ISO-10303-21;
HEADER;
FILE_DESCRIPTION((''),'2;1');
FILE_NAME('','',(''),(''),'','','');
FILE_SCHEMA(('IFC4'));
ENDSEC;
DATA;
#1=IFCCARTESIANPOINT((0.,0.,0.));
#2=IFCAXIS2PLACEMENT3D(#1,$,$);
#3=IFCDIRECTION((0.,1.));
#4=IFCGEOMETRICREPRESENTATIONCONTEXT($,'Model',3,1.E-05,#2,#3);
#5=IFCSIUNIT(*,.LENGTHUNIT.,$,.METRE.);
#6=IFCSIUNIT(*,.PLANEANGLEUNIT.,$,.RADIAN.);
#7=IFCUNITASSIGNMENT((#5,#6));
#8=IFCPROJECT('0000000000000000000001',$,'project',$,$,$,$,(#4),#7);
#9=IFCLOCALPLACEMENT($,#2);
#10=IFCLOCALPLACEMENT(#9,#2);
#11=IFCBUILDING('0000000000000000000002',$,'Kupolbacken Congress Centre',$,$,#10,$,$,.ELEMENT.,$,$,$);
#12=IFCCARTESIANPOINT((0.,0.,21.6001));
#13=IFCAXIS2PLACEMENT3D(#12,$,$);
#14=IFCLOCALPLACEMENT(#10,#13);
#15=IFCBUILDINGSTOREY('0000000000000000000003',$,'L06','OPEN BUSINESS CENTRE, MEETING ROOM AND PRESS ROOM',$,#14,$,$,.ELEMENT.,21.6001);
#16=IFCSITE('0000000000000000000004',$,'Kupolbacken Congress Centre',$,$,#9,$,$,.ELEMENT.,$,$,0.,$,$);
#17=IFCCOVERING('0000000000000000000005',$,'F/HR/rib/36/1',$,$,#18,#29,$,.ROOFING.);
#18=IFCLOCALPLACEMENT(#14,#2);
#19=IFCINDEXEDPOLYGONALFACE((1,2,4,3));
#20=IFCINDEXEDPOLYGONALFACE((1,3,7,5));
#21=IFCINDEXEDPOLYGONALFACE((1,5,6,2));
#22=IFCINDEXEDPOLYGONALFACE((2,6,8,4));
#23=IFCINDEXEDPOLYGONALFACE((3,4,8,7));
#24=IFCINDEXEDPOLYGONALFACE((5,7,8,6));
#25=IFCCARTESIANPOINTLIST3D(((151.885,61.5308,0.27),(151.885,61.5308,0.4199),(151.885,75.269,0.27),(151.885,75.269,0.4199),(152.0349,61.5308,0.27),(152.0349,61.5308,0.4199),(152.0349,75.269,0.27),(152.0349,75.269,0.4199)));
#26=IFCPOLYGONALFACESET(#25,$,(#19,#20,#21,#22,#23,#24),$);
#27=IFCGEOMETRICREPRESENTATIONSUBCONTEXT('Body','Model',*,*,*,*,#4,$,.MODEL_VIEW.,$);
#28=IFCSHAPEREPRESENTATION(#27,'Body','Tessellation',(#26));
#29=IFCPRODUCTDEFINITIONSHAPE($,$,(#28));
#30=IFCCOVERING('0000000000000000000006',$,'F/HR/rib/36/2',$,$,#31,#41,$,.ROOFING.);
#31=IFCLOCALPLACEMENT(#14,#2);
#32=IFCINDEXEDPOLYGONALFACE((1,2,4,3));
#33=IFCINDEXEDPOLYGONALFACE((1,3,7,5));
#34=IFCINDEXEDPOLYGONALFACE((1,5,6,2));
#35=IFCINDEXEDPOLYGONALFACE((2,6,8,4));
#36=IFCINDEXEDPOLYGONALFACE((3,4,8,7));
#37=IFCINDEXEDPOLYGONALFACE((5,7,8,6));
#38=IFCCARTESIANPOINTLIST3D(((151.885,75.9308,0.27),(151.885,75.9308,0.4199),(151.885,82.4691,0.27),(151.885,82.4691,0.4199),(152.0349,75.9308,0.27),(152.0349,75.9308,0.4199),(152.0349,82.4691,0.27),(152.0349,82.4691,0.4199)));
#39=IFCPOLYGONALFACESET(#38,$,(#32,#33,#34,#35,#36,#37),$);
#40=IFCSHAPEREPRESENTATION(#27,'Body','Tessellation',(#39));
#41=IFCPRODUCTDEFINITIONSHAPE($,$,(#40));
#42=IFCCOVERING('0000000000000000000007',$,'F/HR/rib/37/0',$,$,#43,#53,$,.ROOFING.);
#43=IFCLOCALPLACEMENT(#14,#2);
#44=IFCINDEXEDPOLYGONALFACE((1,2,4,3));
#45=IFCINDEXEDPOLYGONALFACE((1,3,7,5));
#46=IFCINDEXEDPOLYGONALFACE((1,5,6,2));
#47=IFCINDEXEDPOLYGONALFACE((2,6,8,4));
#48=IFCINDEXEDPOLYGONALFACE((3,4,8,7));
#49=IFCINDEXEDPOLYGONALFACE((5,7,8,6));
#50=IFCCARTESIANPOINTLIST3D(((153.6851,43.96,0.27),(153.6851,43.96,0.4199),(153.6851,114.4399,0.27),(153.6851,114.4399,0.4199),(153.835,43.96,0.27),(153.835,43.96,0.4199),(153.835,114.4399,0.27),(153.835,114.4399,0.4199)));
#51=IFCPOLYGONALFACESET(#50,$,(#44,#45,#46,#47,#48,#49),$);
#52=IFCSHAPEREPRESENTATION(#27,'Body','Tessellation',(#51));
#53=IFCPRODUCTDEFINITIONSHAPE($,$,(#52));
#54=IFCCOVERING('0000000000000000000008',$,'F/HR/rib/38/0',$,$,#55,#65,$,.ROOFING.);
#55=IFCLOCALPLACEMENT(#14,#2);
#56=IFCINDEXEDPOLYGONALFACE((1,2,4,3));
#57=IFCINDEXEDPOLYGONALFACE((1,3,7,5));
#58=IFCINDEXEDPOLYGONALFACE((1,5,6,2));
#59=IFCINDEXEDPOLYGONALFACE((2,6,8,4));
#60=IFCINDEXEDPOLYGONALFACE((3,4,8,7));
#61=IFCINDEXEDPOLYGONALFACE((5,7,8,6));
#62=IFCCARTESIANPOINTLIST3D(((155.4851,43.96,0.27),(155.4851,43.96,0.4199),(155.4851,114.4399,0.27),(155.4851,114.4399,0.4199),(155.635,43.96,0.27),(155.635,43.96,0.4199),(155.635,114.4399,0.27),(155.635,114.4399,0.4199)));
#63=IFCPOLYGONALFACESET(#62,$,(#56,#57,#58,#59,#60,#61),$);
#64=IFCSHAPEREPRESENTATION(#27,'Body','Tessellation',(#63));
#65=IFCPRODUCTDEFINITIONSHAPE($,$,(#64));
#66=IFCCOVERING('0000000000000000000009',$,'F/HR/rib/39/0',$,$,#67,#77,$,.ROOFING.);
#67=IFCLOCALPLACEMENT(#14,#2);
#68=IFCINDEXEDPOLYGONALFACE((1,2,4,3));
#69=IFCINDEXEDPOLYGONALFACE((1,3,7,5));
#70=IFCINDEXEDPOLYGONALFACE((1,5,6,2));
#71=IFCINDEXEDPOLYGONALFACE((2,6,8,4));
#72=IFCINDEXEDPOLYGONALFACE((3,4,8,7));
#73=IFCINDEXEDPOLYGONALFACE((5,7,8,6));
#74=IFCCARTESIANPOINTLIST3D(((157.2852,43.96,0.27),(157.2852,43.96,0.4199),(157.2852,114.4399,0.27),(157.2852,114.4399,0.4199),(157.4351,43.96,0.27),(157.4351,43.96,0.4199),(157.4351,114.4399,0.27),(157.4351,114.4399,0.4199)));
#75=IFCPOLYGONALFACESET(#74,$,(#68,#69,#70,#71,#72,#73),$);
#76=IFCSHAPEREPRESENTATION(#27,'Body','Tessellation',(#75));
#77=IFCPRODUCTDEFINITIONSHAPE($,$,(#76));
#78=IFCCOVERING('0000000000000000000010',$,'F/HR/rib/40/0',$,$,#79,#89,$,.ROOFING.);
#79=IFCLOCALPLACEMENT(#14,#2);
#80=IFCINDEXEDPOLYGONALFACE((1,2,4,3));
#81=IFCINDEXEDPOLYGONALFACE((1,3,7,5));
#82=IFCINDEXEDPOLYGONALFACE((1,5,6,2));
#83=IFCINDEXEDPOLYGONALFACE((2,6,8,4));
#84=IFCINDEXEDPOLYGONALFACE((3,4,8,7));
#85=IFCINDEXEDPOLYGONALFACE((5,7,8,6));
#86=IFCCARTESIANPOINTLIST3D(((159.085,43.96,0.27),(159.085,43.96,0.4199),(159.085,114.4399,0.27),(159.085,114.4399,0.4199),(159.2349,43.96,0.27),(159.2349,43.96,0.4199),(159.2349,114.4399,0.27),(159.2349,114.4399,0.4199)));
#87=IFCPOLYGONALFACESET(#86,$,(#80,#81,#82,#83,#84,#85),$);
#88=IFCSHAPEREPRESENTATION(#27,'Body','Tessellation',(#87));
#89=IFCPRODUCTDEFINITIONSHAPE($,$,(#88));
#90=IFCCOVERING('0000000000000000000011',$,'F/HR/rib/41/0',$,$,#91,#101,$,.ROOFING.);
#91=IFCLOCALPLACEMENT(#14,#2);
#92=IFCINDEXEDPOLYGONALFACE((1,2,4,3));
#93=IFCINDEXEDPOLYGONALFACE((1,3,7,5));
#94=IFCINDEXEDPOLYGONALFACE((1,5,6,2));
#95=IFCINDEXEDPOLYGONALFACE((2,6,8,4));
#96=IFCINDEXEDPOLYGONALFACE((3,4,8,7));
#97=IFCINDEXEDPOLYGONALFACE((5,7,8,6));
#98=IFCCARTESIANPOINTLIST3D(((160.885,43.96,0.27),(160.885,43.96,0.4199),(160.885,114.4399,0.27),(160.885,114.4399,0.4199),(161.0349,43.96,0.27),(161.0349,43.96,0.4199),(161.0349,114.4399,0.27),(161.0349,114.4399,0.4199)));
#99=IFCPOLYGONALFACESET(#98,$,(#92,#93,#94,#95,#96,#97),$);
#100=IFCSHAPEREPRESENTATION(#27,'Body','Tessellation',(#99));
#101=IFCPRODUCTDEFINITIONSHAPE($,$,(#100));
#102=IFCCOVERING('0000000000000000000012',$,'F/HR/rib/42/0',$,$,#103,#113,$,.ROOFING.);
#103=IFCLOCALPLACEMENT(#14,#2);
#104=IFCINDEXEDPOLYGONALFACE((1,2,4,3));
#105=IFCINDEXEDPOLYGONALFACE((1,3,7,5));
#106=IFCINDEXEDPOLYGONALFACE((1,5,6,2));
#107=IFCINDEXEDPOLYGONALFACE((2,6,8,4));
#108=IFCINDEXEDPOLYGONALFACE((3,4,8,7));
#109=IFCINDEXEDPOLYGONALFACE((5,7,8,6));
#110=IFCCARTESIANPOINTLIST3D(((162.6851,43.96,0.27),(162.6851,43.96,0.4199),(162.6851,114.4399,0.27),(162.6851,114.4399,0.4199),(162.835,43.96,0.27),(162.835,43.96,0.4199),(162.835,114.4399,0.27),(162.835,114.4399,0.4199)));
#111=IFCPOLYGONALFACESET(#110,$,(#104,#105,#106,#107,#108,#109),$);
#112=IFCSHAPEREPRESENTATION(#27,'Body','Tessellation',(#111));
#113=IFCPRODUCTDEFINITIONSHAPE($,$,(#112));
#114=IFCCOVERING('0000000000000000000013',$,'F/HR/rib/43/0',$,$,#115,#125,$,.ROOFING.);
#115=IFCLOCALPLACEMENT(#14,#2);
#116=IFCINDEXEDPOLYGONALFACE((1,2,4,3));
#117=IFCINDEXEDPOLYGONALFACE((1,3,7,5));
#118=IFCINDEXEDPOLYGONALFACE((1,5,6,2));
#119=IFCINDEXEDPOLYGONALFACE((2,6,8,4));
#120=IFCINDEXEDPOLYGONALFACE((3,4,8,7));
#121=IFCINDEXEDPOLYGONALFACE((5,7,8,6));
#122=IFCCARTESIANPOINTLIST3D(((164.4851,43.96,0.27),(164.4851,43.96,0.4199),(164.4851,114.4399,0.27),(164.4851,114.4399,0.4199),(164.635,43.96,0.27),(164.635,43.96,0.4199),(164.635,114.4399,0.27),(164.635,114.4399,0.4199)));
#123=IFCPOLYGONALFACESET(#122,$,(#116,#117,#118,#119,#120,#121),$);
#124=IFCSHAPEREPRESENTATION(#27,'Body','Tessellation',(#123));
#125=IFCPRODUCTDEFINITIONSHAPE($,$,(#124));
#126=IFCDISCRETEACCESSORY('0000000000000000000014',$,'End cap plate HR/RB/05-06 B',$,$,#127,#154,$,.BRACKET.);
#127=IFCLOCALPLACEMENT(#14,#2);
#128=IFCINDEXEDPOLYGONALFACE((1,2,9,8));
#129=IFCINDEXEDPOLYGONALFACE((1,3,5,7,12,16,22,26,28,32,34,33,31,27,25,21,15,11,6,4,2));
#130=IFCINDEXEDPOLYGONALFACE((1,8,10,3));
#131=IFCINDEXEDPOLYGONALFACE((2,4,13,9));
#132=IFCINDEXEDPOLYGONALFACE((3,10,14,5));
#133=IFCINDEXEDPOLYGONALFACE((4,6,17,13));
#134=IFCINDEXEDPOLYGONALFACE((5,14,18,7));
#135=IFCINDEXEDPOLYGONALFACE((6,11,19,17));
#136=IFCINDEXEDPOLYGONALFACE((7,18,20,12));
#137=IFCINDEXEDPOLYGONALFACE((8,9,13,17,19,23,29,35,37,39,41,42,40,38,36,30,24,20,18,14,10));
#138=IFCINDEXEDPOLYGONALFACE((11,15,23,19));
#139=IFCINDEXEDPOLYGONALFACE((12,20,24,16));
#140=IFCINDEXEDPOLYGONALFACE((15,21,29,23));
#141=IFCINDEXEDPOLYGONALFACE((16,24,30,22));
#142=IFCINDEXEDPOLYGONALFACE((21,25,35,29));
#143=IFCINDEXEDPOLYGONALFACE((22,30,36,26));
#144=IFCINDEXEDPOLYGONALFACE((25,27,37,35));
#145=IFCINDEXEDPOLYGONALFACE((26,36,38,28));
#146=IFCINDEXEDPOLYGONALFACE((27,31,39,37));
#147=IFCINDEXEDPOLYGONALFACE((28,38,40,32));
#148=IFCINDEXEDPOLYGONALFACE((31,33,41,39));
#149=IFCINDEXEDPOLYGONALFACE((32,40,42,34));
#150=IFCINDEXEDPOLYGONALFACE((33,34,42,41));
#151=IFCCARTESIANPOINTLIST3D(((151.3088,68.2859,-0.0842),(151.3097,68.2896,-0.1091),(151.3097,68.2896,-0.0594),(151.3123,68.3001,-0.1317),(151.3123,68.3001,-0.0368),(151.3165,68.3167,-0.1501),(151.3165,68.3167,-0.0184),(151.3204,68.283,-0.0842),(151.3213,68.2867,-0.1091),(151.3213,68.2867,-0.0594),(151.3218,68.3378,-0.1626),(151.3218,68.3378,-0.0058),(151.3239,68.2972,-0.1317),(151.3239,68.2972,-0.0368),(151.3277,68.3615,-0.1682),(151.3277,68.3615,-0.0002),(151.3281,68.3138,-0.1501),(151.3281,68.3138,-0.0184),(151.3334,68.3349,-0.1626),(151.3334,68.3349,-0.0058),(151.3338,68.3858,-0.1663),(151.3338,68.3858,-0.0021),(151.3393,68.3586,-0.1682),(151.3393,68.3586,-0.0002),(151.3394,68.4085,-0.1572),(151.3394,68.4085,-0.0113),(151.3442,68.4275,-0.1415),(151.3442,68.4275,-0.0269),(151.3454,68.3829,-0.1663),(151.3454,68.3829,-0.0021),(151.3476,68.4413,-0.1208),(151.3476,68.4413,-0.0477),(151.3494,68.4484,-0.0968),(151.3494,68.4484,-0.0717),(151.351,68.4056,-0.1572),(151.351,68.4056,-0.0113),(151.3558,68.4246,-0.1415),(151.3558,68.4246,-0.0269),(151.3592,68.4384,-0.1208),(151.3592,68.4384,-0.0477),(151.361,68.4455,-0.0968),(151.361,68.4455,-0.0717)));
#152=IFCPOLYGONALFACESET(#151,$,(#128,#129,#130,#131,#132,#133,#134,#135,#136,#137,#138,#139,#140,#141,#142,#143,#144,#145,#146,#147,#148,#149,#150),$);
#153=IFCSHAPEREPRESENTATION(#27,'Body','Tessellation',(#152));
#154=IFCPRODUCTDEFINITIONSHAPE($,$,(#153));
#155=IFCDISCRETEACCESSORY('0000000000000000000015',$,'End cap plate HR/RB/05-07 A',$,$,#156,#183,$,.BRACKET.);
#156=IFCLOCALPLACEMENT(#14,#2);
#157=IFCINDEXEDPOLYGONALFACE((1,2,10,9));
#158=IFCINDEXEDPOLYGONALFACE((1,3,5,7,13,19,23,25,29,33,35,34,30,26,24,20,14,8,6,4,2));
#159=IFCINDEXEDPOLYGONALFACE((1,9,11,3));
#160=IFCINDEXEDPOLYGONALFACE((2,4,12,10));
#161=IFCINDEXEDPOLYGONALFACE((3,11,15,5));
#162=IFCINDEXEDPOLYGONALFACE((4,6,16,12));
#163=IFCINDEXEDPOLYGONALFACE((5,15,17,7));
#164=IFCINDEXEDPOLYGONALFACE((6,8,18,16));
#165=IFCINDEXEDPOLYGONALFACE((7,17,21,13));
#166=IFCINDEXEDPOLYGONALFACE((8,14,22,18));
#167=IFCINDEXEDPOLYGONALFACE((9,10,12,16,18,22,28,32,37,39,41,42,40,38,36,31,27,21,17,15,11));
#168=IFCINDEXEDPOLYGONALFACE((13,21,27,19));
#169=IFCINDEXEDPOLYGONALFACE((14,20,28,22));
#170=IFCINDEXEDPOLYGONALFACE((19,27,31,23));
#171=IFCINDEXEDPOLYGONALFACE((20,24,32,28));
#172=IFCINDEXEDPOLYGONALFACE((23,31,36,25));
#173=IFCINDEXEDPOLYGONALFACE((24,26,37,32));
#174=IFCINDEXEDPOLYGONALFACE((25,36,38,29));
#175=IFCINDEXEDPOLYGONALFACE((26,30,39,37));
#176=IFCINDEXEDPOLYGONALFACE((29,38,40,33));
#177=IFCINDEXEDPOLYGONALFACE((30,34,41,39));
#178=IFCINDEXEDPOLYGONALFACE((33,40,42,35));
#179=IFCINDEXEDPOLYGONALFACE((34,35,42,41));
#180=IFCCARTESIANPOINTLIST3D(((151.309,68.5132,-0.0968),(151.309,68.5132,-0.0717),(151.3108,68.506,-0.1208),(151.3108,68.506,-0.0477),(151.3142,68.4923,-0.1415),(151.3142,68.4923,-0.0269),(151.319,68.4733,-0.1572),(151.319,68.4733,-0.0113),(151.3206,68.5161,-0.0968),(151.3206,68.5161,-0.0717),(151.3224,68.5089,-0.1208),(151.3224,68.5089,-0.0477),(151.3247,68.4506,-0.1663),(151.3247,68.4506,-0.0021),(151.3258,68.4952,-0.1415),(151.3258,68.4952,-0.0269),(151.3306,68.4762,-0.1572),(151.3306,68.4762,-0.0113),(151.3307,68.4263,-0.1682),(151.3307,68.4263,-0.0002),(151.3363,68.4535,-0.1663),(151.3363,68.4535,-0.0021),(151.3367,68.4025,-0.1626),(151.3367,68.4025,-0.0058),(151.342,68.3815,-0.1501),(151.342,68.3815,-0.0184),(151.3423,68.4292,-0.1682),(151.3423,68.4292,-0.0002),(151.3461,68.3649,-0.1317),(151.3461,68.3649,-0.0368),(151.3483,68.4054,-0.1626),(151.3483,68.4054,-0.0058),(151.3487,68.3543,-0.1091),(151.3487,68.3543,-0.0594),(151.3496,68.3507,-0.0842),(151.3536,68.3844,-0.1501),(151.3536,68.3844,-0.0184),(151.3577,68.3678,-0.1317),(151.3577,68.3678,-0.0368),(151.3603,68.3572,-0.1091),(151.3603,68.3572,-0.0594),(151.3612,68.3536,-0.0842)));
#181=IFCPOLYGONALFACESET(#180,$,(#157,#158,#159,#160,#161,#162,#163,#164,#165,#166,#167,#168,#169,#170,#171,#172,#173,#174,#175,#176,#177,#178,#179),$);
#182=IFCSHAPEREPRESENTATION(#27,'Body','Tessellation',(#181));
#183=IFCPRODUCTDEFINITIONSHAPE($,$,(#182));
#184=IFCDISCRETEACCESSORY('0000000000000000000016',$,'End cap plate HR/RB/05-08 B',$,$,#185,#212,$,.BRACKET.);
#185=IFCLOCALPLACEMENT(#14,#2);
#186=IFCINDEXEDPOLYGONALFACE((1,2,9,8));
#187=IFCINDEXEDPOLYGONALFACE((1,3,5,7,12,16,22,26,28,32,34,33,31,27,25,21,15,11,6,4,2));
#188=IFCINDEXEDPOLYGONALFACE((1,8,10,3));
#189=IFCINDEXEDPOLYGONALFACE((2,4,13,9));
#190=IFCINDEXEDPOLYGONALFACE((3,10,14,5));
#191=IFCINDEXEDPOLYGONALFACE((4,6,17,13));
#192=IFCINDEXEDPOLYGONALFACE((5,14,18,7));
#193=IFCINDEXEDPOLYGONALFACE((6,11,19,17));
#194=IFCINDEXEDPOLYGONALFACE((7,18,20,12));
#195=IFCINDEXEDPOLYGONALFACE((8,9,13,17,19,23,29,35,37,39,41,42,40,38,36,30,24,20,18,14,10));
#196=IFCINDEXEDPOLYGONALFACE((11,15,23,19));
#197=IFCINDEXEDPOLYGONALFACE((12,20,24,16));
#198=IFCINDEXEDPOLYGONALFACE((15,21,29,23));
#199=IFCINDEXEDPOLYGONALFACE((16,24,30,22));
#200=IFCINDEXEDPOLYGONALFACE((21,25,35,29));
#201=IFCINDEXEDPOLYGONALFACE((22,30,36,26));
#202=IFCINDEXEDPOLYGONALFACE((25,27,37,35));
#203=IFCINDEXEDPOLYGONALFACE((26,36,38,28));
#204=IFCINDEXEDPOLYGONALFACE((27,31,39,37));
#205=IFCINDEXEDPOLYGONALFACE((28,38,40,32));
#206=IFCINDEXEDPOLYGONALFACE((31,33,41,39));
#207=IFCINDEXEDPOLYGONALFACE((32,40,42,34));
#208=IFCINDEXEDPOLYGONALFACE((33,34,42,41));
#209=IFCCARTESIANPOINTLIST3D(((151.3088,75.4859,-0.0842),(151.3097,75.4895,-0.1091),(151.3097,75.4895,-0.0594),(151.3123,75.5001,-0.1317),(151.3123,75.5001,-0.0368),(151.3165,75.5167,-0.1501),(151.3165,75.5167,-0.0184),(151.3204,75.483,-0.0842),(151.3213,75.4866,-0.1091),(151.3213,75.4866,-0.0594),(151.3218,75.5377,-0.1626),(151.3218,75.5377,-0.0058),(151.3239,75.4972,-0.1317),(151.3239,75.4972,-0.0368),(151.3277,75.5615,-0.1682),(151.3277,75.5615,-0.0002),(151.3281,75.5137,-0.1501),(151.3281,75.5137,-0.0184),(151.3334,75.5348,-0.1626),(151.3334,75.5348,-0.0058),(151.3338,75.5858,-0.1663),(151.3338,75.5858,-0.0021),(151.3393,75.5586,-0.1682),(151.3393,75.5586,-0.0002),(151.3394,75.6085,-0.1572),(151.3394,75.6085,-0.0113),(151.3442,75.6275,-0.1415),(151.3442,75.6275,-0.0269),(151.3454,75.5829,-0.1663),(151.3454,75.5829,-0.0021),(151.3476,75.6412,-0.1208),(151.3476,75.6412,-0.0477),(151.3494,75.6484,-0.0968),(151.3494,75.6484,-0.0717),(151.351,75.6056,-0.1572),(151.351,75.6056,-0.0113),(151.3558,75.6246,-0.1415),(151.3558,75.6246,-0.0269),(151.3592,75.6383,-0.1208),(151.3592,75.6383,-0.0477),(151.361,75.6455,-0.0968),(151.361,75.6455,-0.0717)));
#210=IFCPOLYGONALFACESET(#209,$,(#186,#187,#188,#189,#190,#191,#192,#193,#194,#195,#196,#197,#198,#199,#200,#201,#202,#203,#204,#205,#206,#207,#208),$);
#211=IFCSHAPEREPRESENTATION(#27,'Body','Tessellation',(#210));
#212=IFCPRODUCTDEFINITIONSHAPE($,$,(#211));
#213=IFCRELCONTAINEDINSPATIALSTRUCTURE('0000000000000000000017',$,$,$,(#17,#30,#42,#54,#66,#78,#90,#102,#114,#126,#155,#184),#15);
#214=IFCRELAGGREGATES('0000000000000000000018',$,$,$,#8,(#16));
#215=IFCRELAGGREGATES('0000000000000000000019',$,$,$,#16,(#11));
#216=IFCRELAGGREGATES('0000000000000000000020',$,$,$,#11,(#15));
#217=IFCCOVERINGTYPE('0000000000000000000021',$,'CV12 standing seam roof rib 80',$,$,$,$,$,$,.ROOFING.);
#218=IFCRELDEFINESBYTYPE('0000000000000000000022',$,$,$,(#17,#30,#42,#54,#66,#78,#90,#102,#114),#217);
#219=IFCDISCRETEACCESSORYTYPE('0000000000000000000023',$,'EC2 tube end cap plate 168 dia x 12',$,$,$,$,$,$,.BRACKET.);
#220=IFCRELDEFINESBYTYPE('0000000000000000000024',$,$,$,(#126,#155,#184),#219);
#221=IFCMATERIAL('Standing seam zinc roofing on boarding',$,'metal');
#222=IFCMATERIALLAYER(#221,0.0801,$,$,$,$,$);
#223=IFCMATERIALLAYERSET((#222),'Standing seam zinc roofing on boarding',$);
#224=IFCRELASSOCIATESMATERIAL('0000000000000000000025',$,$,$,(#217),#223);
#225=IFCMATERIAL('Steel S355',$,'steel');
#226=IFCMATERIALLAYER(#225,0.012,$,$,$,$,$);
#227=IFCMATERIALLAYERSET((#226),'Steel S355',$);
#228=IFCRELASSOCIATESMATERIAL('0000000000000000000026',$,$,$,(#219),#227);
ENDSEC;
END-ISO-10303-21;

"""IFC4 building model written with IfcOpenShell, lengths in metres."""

from ifc_helpers import new_model, si_unit, direction, frame, origin, origin_2d, place, context, subcontext, project, spatial, rectangle, circle, extrude, material, layer, layer_set, type_object, element, save


model = new_model("IFC4")

# Units and contexts
model_context = context("Model", 3, precision=1e-05, world=origin(), true_north=direction((0.0, 1.0)))
body_context = subcontext(model_context, "Body", "Model", "MODEL_VIEW")
ifc_project = project(units=[si_unit("LENGTHUNIT", "METRE"), si_unit("PLANEANGLEUNIT", "RADIAN")], contexts=[model_context])

# Site, building, storey
site_placement = place(None, origin())
site = spatial("IfcSite", under=ifc_project, at=site_placement, Name="Kupolbacken Congress Centre", CompositionType="ELEMENT", RefElevation=0.0)
building_placement = place(site_placement, origin())
building = spatial("IfcBuilding", under=site, at=building_placement, Name="Kupolbacken Congress Centre", CompositionType="ELEMENT")
storey_placement = place(building_placement, frame((0.0, 0.0, 21.6001)))
storey = spatial("IfcBuildingStorey", under=building, at=storey_placement, Name="L06", Description="OPEN BUSINESS CENTRE, MEETING ROOM AND PRESS ROOM", CompositionType="ELEMENT", Elevation=21.6001)

# Coverings
ifc_material_1 = material(Name="Standing seam zinc roofing on boarding", Category="metal")
ifc_layer_1 = layer(ifc_material_1, 0.0801)
ifc_layer_set_1 = layer_set([ifc_layer_1], Name="Standing seam zinc roofing on boarding")
covering_type = type_object("IfcCoveringType", Name="CV12 standing seam roof rib 80", PredefinedType="ROOFING", material=ifc_layer_set_1)
covering_1_placement = place(storey_placement, frame((151.96, 68.3999, 0.27), z_axis=(0.0, 0.0, 1.0), x_axis=(0.0, 1.0, 0.0)))
element("IfcCovering", 1, at=covering_1_placement, inside=storey, type_object=covering_type, Name="F/HR/rib/36/1", PredefinedType="ROOFING", context=body_context, shape_type="SweptSolid", body=[
    extrude(rectangle(XDim=13.7383, YDim=0.1499, at=origin_2d()), origin(), (0.0, 0.0, 1.0), 0.1499),
])
covering_2_placement = place(storey_placement, frame((151.96, 79.2, 0.27), z_axis=(0.0, 0.0, 1.0), x_axis=(0.0, 1.0, 0.0)))
element("IfcCovering", 2, at=covering_2_placement, inside=storey, type_object=covering_type, Name="F/HR/rib/36/2", PredefinedType="ROOFING", context=body_context, shape_type="SweptSolid", body=[
    extrude(rectangle(XDim=6.5383, YDim=0.1499, at=origin_2d()), origin(), (0.0, 0.0, 1.0), 0.1499),
])
for number, where, z_axis, x_axis, name in (
    (3, (153.76, 79.2, 0.27), (0.0, 0.0, 1.0), (0.0, 1.0, 0.0), "F/HR/rib/37/0"),
    (4, (155.5601, 79.2, 0.27), (0.0, 0.0, 1.0), (0.0, 1.0, 0.0), "F/HR/rib/38/0"),
    (5, (157.3601, 79.2, 0.27), (0.0, 0.0, 1.0), (0.0, 1.0, 0.0), "F/HR/rib/39/0"),
    (6, (159.1599, 79.2, 0.27), (0.0, 0.0, 1.0), (0.0, 1.0, 0.0), "F/HR/rib/40/0"),
    (7, (160.96, 79.2, 0.27), (0.0, 0.0, 1.0), (0.0, 1.0, 0.0), "F/HR/rib/41/0"),
    (8, (162.76, 79.2, 0.27), (0.0, 0.0, 1.0), (0.0, 1.0, 0.0), "F/HR/rib/42/0"),
    (9, (164.5601, 79.2, 0.27), (0.0, 0.0, 1.0), (0.0, 1.0, 0.0), "F/HR/rib/43/0"),
):
    element("IfcCovering", number, at=place(storey_placement, frame(where, z_axis=z_axis, x_axis=x_axis)), inside=storey, type_object=covering_type, Name=name, PredefinedType="ROOFING", context=body_context, shape_type="SweptSolid", body=[
        extrude(rectangle(XDim=70.48, YDim=0.1499, at=origin_2d()), origin(), (0.0, 0.0, 1.0), 0.1499),
    ])

# Discrete accessories
ifc_material_2 = material(Name="Steel S355", Category="steel")
ifc_layer_2 = layer(ifc_material_2, 0.012)
ifc_layer_set_2 = layer_set([ifc_layer_2], Name="Steel S355")
discrete_accessory_type = type_object("IfcDiscreteAccessoryType", Name="EC2 tube end cap plate 168 dia x 12", PredefinedType="BRACKET", material=ifc_layer_set_2)
for number, where, z_axis, x_axis, name in (
    (10, (151.3408, 68.3647, -0.0842), (-0.970143, 0.242536, 0.0), (-0.242536, -0.970143, 0.0), "End cap plate HR/RB/05-06 B"),
    (11, (151.3408, 68.4353, -0.0842), (-0.970143, -0.242536, 0.0), (0.242536, -0.970143, 0.0), "End cap plate HR/RB/05-07 A"),
    (12, (151.3408, 75.5647, -0.0842), (-0.970143, 0.242536, 0.0), (-0.242536, -0.970143, 0.0), "End cap plate HR/RB/05-08 B"),
):
    element("IfcDiscreteAccessory", number, at=place(storey_placement, frame(where, z_axis=z_axis, x_axis=x_axis)), inside=storey, type_object=discrete_accessory_type, Name=name, PredefinedType="BRACKET", context=body_context, shape_type="SweptSolid", body=[
        extrude(circle(Radius=0.0842, at=origin_2d()), origin(), (0.0, 0.0, 1.0), 0.012),
    ])

save(model, "model.ifc")
